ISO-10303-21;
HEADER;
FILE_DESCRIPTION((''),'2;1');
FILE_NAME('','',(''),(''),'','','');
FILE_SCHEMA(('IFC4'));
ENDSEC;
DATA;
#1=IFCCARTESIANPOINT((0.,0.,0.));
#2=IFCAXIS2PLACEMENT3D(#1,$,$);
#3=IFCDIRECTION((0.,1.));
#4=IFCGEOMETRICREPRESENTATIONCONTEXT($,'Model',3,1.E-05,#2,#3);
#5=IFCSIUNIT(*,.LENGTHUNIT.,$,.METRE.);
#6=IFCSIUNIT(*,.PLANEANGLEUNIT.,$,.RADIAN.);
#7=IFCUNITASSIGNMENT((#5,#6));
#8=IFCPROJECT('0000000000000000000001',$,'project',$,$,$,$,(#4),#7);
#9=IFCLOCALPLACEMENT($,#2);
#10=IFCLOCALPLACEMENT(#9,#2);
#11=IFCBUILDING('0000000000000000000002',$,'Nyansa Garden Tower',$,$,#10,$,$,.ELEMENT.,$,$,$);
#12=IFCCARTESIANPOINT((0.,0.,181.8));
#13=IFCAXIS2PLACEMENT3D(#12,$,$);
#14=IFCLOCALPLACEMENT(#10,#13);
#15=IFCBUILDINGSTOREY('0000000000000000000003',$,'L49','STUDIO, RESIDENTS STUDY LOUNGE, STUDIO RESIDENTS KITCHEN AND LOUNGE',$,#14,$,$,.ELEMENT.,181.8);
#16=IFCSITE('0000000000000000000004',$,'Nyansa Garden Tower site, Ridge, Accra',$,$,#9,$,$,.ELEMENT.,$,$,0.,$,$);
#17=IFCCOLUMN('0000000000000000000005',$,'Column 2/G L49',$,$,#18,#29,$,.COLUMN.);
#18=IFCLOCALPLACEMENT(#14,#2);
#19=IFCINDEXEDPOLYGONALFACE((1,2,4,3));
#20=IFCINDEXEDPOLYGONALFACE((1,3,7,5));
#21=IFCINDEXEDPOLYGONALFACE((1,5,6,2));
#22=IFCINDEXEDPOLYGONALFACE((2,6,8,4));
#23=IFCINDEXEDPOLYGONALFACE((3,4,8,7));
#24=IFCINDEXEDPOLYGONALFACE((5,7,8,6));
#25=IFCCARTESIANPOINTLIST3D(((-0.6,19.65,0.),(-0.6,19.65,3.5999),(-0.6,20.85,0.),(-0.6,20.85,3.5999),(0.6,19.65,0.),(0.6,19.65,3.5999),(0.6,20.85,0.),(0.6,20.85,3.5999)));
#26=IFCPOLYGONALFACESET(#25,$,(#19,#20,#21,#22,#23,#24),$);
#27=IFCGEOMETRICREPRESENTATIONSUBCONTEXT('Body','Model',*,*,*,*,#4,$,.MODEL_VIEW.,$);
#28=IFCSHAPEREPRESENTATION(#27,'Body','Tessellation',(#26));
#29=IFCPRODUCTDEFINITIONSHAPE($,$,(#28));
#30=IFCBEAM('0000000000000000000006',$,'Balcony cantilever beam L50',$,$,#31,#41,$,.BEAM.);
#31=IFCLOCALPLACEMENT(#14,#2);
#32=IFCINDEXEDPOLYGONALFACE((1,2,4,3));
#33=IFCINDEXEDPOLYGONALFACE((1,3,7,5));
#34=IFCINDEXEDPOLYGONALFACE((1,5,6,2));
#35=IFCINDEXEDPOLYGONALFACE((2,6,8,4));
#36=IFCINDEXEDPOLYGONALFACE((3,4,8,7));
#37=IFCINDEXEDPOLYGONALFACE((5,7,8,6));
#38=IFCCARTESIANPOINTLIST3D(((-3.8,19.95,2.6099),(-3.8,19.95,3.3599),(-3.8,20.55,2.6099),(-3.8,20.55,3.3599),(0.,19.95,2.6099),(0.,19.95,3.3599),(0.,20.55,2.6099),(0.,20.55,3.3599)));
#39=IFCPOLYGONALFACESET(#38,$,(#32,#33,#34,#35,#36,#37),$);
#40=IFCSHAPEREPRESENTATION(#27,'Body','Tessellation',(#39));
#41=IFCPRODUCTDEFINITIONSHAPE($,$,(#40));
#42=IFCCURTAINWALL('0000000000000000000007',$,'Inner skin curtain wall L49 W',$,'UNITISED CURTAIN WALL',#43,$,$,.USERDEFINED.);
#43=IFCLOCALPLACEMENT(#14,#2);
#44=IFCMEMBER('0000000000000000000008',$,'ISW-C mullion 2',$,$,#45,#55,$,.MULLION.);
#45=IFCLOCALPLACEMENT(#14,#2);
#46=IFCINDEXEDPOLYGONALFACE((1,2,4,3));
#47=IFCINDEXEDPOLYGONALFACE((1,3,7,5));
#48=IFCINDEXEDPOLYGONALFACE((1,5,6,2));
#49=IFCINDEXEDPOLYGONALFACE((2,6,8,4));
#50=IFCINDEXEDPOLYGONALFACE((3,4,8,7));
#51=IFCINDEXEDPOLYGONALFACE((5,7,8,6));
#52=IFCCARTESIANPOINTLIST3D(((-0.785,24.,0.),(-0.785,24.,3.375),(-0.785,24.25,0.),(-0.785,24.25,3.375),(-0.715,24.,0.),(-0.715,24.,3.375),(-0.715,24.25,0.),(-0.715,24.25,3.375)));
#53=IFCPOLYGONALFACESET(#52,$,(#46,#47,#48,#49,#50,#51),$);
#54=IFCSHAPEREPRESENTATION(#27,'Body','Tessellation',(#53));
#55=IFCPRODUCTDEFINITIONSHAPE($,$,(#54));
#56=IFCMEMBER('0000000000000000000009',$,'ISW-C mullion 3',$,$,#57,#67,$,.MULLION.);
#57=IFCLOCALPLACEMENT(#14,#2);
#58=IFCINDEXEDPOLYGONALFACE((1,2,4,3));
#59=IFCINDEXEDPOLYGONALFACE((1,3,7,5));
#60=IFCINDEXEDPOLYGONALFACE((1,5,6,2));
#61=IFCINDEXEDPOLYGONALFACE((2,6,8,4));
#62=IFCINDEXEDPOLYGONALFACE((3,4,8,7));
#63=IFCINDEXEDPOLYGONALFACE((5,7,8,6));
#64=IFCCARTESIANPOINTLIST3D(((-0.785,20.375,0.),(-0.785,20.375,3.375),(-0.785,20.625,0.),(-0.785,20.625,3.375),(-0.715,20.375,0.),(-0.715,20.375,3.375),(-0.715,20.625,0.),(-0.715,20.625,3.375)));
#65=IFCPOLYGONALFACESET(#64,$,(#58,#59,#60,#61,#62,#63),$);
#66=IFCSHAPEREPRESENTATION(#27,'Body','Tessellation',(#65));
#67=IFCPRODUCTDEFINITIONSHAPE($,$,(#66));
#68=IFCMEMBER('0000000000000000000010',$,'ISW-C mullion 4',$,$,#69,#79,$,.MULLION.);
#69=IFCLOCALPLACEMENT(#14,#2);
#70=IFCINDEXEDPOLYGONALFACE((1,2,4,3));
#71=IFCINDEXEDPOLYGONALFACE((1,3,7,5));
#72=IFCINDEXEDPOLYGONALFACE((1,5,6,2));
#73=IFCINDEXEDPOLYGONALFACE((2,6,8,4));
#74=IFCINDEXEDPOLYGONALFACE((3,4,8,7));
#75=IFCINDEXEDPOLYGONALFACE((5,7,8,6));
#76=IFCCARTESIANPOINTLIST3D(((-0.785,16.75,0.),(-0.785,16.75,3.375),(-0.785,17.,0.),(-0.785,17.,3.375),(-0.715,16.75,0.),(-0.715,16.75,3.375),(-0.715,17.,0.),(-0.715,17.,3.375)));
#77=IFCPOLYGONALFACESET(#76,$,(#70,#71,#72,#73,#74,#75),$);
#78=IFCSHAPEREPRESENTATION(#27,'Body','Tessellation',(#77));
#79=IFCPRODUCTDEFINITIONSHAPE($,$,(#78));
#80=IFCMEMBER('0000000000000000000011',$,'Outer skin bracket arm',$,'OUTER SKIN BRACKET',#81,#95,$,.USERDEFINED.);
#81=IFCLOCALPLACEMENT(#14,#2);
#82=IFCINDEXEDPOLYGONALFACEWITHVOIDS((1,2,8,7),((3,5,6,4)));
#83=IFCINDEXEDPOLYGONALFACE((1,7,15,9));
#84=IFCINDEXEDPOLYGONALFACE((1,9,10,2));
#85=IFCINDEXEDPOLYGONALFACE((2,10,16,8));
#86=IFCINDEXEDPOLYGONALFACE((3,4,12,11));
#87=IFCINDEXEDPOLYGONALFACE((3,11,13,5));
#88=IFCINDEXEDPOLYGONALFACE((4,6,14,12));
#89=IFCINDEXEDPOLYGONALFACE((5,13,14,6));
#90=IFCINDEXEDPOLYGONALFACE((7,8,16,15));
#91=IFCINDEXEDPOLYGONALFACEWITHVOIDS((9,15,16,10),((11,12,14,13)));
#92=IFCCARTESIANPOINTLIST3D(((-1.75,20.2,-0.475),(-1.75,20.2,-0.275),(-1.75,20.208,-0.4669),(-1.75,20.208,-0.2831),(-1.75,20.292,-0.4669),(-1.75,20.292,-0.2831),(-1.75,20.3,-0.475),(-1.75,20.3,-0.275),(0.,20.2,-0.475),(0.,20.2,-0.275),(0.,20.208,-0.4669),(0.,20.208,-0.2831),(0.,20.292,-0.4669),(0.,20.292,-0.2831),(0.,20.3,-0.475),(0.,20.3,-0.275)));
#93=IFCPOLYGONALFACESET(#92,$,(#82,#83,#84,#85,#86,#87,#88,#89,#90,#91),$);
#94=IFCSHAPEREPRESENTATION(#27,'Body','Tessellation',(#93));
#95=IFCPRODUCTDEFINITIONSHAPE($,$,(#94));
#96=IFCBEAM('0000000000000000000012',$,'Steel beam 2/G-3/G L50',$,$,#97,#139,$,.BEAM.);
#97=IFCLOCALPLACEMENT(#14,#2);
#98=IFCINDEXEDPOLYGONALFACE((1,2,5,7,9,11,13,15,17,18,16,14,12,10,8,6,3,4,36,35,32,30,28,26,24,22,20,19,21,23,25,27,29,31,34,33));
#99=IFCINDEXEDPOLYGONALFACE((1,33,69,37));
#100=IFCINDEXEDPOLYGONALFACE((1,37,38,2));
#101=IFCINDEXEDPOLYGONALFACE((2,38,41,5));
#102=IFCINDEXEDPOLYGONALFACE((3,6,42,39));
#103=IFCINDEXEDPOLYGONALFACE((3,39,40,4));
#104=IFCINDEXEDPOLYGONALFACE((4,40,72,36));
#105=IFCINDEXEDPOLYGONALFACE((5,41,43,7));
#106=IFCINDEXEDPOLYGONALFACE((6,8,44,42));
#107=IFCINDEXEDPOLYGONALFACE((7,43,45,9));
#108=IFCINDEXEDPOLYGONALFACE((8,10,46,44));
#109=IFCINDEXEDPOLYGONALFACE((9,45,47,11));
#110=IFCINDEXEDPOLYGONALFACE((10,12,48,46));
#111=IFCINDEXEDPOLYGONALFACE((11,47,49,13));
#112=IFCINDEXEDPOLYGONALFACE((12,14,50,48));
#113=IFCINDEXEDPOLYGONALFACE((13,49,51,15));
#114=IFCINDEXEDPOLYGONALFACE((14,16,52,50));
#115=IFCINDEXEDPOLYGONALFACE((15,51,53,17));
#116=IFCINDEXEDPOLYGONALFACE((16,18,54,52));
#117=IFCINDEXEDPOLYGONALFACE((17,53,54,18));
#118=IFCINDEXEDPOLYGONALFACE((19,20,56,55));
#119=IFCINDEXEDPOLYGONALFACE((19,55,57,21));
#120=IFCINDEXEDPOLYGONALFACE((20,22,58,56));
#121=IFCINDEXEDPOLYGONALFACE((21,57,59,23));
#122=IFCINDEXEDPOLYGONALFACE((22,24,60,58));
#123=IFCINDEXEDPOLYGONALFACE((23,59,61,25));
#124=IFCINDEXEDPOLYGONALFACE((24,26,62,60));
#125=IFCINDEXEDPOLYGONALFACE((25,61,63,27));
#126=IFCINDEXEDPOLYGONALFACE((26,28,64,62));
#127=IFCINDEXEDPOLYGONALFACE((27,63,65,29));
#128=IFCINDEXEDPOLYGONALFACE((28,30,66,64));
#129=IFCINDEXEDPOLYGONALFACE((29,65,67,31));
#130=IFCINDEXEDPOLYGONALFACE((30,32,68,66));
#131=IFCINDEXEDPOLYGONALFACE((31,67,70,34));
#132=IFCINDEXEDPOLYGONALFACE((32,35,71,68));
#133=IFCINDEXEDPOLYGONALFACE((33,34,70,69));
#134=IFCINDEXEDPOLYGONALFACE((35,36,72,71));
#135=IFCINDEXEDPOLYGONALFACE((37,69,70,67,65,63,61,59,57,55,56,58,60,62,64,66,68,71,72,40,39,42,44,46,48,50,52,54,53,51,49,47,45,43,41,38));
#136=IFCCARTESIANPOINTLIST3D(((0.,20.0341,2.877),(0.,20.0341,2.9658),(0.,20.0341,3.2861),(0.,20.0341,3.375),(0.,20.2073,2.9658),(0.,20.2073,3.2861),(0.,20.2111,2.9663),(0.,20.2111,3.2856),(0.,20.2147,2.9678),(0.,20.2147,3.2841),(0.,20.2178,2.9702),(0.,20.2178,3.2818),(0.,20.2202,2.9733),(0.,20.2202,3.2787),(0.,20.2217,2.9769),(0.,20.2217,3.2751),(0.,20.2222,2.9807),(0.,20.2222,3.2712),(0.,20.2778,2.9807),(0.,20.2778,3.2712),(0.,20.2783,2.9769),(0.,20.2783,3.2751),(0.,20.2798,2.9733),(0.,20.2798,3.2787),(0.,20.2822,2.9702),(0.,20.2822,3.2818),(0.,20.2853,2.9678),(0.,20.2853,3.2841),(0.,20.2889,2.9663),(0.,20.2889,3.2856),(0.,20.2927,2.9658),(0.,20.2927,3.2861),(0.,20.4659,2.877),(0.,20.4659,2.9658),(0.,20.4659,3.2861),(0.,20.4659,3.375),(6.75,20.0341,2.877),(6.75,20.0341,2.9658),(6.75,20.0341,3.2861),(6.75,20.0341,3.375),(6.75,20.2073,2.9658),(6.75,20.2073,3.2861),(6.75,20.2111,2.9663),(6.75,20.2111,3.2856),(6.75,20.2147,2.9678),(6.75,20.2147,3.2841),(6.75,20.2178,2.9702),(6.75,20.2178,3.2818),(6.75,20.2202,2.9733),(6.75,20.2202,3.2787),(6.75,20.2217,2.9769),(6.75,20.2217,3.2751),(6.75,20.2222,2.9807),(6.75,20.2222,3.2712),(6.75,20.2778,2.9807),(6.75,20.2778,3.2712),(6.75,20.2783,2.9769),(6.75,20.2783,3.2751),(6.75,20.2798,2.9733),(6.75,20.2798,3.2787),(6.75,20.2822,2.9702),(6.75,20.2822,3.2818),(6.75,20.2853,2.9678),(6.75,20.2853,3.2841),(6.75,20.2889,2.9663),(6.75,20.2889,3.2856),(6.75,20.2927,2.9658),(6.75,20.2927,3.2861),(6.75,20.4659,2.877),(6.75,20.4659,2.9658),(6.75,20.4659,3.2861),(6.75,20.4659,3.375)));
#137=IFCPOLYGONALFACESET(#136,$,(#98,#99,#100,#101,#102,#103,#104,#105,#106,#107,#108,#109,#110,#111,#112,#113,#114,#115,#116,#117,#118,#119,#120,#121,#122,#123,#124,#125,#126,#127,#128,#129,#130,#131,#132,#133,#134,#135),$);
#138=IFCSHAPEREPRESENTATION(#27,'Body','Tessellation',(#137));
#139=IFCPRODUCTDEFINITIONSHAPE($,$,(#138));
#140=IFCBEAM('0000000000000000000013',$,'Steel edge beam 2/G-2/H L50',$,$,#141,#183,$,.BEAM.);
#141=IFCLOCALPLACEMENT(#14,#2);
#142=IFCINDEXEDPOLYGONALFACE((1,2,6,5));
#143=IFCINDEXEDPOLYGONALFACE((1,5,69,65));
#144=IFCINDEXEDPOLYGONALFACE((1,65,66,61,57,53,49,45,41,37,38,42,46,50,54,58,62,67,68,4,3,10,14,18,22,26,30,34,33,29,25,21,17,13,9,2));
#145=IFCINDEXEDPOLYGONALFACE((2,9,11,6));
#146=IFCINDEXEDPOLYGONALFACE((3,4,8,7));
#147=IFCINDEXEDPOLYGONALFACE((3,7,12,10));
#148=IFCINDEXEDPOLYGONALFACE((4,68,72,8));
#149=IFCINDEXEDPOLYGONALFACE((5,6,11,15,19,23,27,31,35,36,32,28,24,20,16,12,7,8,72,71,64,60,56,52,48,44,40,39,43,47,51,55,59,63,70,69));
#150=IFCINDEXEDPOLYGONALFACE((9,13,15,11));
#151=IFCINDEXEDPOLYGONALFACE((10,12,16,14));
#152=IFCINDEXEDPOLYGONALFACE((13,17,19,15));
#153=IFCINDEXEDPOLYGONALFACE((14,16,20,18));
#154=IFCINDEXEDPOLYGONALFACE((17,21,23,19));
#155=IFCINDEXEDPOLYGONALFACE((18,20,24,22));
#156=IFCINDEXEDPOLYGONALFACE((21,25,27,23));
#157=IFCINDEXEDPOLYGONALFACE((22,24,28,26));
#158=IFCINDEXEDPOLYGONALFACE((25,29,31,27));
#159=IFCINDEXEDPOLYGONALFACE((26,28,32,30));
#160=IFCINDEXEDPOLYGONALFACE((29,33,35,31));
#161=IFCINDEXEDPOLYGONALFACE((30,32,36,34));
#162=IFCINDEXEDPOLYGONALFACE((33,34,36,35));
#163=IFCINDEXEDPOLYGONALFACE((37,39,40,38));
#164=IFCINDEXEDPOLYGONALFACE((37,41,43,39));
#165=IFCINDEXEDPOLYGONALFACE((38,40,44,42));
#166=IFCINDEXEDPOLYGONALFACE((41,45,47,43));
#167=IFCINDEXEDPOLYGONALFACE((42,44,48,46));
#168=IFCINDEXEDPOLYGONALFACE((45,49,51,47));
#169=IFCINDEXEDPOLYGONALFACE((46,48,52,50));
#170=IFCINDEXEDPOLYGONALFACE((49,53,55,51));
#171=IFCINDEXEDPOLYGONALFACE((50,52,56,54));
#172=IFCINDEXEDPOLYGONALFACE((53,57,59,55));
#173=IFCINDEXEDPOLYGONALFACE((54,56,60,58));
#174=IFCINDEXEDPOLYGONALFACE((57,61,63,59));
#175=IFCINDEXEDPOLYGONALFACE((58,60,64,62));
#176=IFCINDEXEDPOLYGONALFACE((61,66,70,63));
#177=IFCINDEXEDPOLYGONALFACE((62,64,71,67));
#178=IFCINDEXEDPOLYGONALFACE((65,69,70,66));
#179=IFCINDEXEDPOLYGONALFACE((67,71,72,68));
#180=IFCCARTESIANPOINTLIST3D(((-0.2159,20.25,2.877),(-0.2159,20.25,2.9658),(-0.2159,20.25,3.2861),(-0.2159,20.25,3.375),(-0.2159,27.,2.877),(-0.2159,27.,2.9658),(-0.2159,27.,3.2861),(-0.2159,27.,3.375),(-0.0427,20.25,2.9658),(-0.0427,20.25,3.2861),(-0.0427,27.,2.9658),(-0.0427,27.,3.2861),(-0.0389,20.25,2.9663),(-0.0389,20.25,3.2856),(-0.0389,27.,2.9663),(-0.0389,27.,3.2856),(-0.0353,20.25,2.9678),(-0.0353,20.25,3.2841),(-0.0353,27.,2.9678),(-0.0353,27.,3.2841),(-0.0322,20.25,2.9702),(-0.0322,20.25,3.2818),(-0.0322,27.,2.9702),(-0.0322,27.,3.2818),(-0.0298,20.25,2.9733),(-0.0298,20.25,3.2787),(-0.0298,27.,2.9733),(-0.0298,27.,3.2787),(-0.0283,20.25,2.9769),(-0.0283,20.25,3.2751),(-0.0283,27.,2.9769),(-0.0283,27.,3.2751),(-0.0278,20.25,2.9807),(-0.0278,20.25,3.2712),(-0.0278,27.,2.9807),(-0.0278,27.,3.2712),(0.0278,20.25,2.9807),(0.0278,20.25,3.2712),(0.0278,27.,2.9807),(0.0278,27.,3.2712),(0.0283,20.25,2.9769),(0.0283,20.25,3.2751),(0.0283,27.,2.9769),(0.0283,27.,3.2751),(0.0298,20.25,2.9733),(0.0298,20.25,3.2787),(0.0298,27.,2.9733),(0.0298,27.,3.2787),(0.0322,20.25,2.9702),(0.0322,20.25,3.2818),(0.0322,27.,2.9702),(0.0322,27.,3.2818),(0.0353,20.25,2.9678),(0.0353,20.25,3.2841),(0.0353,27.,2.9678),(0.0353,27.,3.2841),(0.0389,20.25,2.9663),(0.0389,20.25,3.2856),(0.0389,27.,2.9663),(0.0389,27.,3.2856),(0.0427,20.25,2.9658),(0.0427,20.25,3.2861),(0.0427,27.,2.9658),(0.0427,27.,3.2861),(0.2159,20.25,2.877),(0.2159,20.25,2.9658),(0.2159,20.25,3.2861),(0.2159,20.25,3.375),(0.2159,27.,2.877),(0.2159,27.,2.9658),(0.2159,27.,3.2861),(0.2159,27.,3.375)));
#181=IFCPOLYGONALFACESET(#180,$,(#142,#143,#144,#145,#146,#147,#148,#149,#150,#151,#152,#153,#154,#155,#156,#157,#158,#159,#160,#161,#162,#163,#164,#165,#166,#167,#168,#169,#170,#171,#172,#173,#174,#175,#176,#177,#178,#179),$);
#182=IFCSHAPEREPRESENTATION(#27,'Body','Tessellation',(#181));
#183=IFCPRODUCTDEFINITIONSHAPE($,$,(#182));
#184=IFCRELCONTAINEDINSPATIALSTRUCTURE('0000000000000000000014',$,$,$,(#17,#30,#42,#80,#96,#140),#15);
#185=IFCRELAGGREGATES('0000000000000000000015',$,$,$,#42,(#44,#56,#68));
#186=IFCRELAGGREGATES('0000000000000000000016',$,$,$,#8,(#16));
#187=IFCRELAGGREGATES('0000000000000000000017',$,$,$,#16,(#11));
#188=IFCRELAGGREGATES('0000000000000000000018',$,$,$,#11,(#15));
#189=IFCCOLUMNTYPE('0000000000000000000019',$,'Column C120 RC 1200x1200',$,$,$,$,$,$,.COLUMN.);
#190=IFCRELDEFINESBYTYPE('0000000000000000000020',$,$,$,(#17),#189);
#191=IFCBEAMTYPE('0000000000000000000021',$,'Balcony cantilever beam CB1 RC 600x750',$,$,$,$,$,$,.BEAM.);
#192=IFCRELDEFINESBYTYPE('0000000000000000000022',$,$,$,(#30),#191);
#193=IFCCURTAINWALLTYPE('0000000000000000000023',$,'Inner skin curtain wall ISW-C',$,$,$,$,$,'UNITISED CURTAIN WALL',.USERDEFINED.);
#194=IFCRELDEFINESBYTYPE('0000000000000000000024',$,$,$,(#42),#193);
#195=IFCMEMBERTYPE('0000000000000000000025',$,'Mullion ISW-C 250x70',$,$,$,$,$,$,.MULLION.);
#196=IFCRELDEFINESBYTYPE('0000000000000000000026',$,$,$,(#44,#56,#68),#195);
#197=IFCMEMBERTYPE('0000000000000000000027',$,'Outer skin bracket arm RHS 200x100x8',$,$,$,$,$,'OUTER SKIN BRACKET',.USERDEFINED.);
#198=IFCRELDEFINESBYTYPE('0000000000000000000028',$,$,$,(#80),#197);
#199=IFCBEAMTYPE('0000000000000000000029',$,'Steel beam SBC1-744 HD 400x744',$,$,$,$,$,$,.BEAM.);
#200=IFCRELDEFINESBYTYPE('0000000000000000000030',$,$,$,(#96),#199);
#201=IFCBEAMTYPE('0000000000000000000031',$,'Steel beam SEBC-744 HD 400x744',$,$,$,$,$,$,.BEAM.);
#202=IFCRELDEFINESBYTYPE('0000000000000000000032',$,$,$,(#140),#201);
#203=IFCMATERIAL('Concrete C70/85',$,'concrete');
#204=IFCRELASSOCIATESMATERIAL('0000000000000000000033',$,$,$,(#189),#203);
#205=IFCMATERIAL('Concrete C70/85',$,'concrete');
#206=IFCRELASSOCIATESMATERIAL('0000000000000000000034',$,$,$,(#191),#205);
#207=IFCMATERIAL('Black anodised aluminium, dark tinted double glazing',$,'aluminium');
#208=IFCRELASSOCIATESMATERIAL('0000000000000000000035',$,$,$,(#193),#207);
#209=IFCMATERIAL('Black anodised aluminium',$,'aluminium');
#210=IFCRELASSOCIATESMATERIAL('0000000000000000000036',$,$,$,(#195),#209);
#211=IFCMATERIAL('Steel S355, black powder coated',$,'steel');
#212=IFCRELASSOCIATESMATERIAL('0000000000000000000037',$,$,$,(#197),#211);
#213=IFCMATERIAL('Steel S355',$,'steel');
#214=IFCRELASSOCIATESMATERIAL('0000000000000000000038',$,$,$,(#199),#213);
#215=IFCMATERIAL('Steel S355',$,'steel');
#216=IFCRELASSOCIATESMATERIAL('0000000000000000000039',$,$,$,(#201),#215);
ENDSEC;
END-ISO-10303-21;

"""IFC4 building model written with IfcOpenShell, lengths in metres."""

from ifc_helpers import new_model, si_unit, direction, frame, origin, origin_2d, place, context, subcontext, project, spatial, rectangle, hollow_rectangle, i_section, extrude, material, material_profile, profile_set, type_object, element, aggregate, save


model = new_model("IFC4")

# Units and contexts
model_context = context("Model", 3, precision=1e-05, world=origin(), true_north=direction((0.0, 1.0)))
body_context = subcontext(model_context, "Body", "Model", "MODEL_VIEW")
ifc_project = project(units=[si_unit("LENGTHUNIT", "METRE"), si_unit("PLANEANGLEUNIT", "RADIAN")], contexts=[model_context])

# Site, building, storey
site_placement = place(None, origin())
site = spatial("IfcSite", under=ifc_project, at=site_placement, Name="Nyansa Garden Tower site, Ridge, Accra", CompositionType="ELEMENT", RefElevation=0.0)
building_placement = place(site_placement, origin())
building = spatial("IfcBuilding", under=site, at=building_placement, Name="Nyansa Garden Tower", CompositionType="ELEMENT")
storey_placement = place(building_placement, frame((0.0, 0.0, 181.8)))
storey = spatial("IfcBuildingStorey", under=building, at=storey_placement, Name="L49", Description="STUDIO, RESIDENTS STUDY LOUNGE, STUDIO RESIDENTS KITCHEN AND LOUNGE", CompositionType="ELEMENT", Elevation=181.8)

# Column
ifc_material_1 = material(Name="Concrete C70/85", Category="concrete")
ifc_material_profile_1 = material_profile(ifc_material_1, rectangle(XDim=1.2, YDim=1.2, at=origin_2d()), Name="RC 1200x1200")
ifc_profile_set_1 = profile_set([ifc_material_profile_1], Name="Concrete C70/85")
column_type = type_object("IfcColumnType", Name="Column C120 RC 1200x1200", PredefinedType="COLUMN", material=ifc_profile_set_1)
column_placement = place(storey_placement, frame((0.0, 20.25, 0.0), z_axis=(0.0, 0.0, 1.0), x_axis=(1.0, 0.0, 0.0)))
element("IfcColumn", 1, at=column_placement, inside=storey, type_object=column_type, Name="Column 2/G L49", PredefinedType="COLUMN", context=body_context, shape_type="SweptSolid", body=[
    extrude(rectangle(XDim=1.2, YDim=1.2, at=origin_2d()), origin(), (0.0, 0.0, 1.0), 3.5999),
])

# Beam
ifc_material_2 = material(Name="Concrete C70/85", Category="concrete")
ifc_material_profile_2 = material_profile(ifc_material_2, rectangle(XDim=0.6001, YDim=0.75, at=origin_2d()), Name="RC 600x750")
ifc_profile_set_2 = profile_set([ifc_material_profile_2], Name="Concrete C70/85")
beam_type_1 = type_object("IfcBeamType", Name="Balcony cantilever beam CB1 RC 600x750", PredefinedType="BEAM", material=ifc_profile_set_2)
beam_1_placement = place(storey_placement, frame((0.0, 20.25, 2.9849), z_axis=(-1.0, 0.0, 0.0), x_axis=(0.0, -1.0, 0.0)))
element("IfcBeam", 2, at=beam_1_placement, inside=storey, type_object=beam_type_1, Name="Balcony cantilever beam L50", PredefinedType="BEAM", context=body_context, shape_type="SweptSolid", body=[
    extrude(rectangle(XDim=0.6001, YDim=0.75, at=origin_2d()), origin(), (0.0, 0.0, 1.0), 3.8),
])

# Curtain wall, members
ifc_material_3 = material(Name="Black anodised aluminium, dark tinted double glazing", Category="aluminium")
curtain_wall_type = type_object("IfcCurtainWallType", Name="Inner skin curtain wall ISW-C", ElementType="UNITISED CURTAIN WALL", PredefinedType="USERDEFINED", material=ifc_material_3)
curtain_wall_placement = place(storey_placement, origin())
curtain_wall = element("IfcCurtainWall", 3, at=curtain_wall_placement, inside=storey, type_object=curtain_wall_type, Name="Inner skin curtain wall L49 W", ObjectType="UNITISED CURTAIN WALL", PredefinedType="USERDEFINED")
ifc_material_4 = material(Name="Black anodised aluminium", Category="aluminium")
ifc_material_profile_3 = material_profile(ifc_material_4, rectangle(XDim=0.0701, YDim=0.25, at=origin_2d()), Name="Mullion 250x70")
ifc_profile_set_3 = profile_set([ifc_material_profile_3], Name="Black anodised aluminium")
member_type_1 = type_object("IfcMemberType", Name="Mullion ISW-C 250x70", PredefinedType="MULLION", material=ifc_profile_set_3)
member_1_placement = place(storey_placement, frame((-0.75, 24.125, 0.0), z_axis=(0.0, 0.0, 1.0), x_axis=(1.0, 0.0, 0.0)))
member_1 = element("IfcMember", 4, at=member_1_placement, type_object=member_type_1, Name="ISW-C mullion 2", PredefinedType="MULLION", context=body_context, shape_type="SweptSolid", body=[
    extrude(rectangle(XDim=0.0701, YDim=0.25, at=origin_2d()), origin(), (0.0, 0.0, 1.0), 3.375),
])
member_2_placement = place(storey_placement, frame((-0.75, 20.5, 0.0), z_axis=(0.0, 0.0, 1.0), x_axis=(1.0, 0.0, 0.0)))
member_2 = element("IfcMember", 5, at=member_2_placement, type_object=member_type_1, Name="ISW-C mullion 3", PredefinedType="MULLION", context=body_context, shape_type="SweptSolid", body=[
    extrude(rectangle(XDim=0.0701, YDim=0.25, at=origin_2d()), origin(), (0.0, 0.0, 1.0), 3.375),
])
member_3_placement = place(storey_placement, frame((-0.75, 16.875, 0.0), z_axis=(0.0, 0.0, 1.0), x_axis=(1.0, 0.0, 0.0)))
member_3 = element("IfcMember", 6, at=member_3_placement, type_object=member_type_1, Name="ISW-C mullion 4", PredefinedType="MULLION", context=body_context, shape_type="SweptSolid", body=[
    extrude(rectangle(XDim=0.0701, YDim=0.25, at=origin_2d()), origin(), (0.0, 0.0, 1.0), 3.375),
])

# Member
ifc_material_5 = material(Name="Steel S355, black powder coated", Category="steel")
ifc_material_profile_4 = material_profile(ifc_material_5, hollow_rectangle(XDim=0.1001, YDim=0.2, WallThickness=0.0081, at=origin_2d()), Name="RHS 200x100x8")
ifc_profile_set_4 = profile_set([ifc_material_profile_4], Name="Steel S355, black powder coated")
member_type_2 = type_object("IfcMemberType", Name="Outer skin bracket arm RHS 200x100x8", ElementType="OUTER SKIN BRACKET", PredefinedType="USERDEFINED", material=ifc_profile_set_4)
member_4_placement = place(storey_placement, frame((0.0, 20.25, -0.375), z_axis=(-1.0, 0.0, 0.0), x_axis=(0.0, -1.0, 0.0)))
element("IfcMember", 7, at=member_4_placement, inside=storey, type_object=member_type_2, Name="Outer skin bracket arm", ObjectType="OUTER SKIN BRACKET", PredefinedType="USERDEFINED", context=body_context, shape_type="SweptSolid", body=[
    extrude(hollow_rectangle(XDim=0.1001, YDim=0.2, WallThickness=0.0081, at=origin_2d()), origin(), (0.0, 0.0, 1.0), 1.75),
])

# Beams
ifc_material_6 = material(Name="Steel S355", Category="steel")
ifc_material_profile_5 = material_profile(ifc_material_6, i_section(OverallWidth=0.4319, OverallDepth=0.498, WebThickness=0.0557, FlangeThickness=0.0889, FilletRadius=0.0149, at=origin_2d()), Name="HD 400x744")
ifc_profile_set_5 = profile_set([ifc_material_profile_5], Name="Steel S355")
beam_type_2 = type_object("IfcBeamType", Name="Steel beam SBC1-744 HD 400x744", PredefinedType="BEAM", material=ifc_profile_set_5)
beam_2_placement = place(storey_placement, frame((0.0, 20.25, 3.126), z_axis=(1.0, 0.0, 0.0), x_axis=(0.0, 1.0, 0.0)))
element("IfcBeam", 8, at=beam_2_placement, inside=storey, type_object=beam_type_2, Name="Steel beam 2/G-3/G L50", PredefinedType="BEAM", context=body_context, shape_type="SweptSolid", body=[
    extrude(i_section(OverallWidth=0.4319, OverallDepth=0.498, WebThickness=0.0557, FlangeThickness=0.0889, FilletRadius=0.0149, at=origin_2d()), origin(), (0.0, 0.0, 1.0), 6.75),
])
ifc_material_7 = material(Name="Steel S355", Category="steel")
ifc_material_profile_6 = material_profile(ifc_material_7, i_section(OverallWidth=0.4319, OverallDepth=0.498, WebThickness=0.0557, FlangeThickness=0.0889, FilletRadius=0.0149, at=origin_2d()), Name="HD 400x744")
ifc_profile_set_6 = profile_set([ifc_material_profile_6], Name="Steel S355")
beam_type_3 = type_object("IfcBeamType", Name="Steel beam SEBC-744 HD 400x744", PredefinedType="BEAM", material=ifc_profile_set_6)
beam_3_placement = place(storey_placement, frame((0.0, 20.25, 3.126), z_axis=(0.0, 1.0, 0.0), x_axis=(-1.0, 0.0, 0.0)))
element("IfcBeam", 9, at=beam_3_placement, inside=storey, type_object=beam_type_3, Name="Steel edge beam 2/G-2/H L50", PredefinedType="BEAM", context=body_context, shape_type="SweptSolid", body=[
    extrude(i_section(OverallWidth=0.4319, OverallDepth=0.498, WebThickness=0.0557, FlangeThickness=0.0889, FilletRadius=0.0149, at=origin_2d()), origin(), (0.0, 0.0, 1.0), 6.75),
])

aggregate(curtain_wall, [member_1, member_2, member_3])

save(model, "model.ifc")
